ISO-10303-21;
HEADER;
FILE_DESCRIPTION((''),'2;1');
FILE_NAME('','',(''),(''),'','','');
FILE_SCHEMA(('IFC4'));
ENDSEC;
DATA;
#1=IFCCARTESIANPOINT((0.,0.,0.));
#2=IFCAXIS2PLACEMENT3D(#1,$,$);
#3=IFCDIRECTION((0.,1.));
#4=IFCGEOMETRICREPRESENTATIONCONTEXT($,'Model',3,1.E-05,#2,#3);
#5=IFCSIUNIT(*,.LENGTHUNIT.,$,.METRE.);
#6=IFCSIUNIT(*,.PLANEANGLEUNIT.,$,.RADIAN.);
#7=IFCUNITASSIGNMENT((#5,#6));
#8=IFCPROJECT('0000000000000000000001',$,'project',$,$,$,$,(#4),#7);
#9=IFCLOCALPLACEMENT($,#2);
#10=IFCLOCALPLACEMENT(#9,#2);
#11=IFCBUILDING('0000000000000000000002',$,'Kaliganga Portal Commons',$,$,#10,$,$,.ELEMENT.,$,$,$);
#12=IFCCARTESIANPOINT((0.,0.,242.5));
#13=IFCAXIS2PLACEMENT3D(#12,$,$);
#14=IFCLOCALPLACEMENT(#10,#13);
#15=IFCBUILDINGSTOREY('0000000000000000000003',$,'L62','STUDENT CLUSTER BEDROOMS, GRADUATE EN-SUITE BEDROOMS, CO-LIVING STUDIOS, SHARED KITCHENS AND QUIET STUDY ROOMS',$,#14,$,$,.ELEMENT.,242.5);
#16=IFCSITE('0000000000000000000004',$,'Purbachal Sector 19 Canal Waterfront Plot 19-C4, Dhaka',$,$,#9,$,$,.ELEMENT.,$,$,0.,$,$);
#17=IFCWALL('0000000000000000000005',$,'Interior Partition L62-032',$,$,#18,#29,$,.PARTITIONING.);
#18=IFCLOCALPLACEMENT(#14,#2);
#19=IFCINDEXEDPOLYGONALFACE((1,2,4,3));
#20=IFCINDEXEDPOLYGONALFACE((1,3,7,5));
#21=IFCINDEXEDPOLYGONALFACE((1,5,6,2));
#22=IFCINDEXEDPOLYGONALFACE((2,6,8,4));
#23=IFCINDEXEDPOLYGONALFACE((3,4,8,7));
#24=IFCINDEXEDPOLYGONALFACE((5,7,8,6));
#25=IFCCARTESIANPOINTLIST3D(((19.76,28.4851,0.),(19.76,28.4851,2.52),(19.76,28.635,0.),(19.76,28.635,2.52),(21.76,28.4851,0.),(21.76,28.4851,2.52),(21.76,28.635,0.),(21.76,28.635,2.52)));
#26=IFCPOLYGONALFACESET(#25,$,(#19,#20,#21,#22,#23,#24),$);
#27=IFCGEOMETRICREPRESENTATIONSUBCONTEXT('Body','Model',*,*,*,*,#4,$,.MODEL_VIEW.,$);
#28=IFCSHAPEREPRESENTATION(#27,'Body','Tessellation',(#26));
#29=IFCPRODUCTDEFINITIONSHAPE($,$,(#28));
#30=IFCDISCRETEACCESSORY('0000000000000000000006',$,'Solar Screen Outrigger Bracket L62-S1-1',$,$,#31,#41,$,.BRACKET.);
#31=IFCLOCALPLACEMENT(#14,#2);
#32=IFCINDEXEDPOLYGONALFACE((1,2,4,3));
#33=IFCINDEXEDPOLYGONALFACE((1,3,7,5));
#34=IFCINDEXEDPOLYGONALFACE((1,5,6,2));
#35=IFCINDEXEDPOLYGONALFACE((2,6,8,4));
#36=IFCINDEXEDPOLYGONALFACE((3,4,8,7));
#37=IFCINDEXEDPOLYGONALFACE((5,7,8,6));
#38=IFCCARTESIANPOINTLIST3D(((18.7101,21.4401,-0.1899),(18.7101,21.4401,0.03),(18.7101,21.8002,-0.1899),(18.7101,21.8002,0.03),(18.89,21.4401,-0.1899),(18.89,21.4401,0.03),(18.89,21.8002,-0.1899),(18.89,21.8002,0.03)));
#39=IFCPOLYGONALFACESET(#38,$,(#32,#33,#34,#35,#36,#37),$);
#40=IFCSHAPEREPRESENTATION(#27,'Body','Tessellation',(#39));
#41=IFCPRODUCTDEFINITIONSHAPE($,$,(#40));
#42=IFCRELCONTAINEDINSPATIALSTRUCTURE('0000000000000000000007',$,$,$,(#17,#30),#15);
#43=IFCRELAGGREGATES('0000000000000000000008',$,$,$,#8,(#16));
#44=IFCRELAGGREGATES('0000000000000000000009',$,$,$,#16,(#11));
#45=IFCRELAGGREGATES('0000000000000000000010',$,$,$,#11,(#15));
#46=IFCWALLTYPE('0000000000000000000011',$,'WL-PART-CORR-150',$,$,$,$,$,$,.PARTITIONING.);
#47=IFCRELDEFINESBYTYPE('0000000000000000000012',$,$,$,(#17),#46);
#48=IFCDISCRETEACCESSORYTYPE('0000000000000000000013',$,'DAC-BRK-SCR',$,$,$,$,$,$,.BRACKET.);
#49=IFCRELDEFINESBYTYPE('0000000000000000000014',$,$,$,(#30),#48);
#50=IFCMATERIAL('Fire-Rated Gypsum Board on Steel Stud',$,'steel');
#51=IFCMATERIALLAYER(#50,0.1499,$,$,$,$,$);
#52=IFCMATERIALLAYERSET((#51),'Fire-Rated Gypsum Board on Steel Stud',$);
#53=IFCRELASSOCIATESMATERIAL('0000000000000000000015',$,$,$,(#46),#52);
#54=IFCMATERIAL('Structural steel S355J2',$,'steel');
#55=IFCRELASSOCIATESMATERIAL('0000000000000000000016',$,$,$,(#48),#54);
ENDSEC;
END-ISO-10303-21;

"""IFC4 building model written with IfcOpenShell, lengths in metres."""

from ifc_helpers import new_model, si_unit, direction, frame, frame_2d, origin, origin_2d, place, context, subcontext, project, spatial, rectangle, extrude, source, transform, mapped, material, layer, layer_set, type_object, element, save


model = new_model("IFC4")

# Units and contexts
model_context = context("Model", 3, precision=1e-05, world=origin(), true_north=direction((0.0, 1.0)))
body_context = subcontext(model_context, "Body", "Model", "MODEL_VIEW")
ifc_project = project(units=[si_unit("LENGTHUNIT", "METRE"), si_unit("PLANEANGLEUNIT", "RADIAN")], contexts=[model_context])

# Site, building, storey
site_placement = place(None, origin())
site = spatial("IfcSite", under=ifc_project, at=site_placement, Name="Purbachal Sector 19 Canal Waterfront Plot 19-C4, Dhaka", CompositionType="ELEMENT", RefElevation=0.0)
building_placement = place(site_placement, origin())
building = spatial("IfcBuilding", under=site, at=building_placement, Name="Kaliganga Portal Commons", CompositionType="ELEMENT")
storey_placement = place(building_placement, frame((0.0, 0.0, 242.5)))
storey = spatial("IfcBuildingStorey", under=building, at=storey_placement, Name="L62", Description="STUDENT CLUSTER BEDROOMS, GRADUATE EN-SUITE BEDROOMS, CO-LIVING STUDIOS, SHARED KITCHENS AND QUIET STUDY ROOMS", CompositionType="ELEMENT", Elevation=242.5)

# Shared definitions
ifc_material_1 = material(Name="Structural steel S355J2", Category="steel")

# Shared definitions
ifc_material_2 = material(Name="Fire-Rated Gypsum Board on Steel Stud", Category="steel")
ifc_layer_1 = layer(ifc_material_2, 0.1499)
ifc_layer_set_1 = layer_set([ifc_layer_1], Name="Fire-Rated Gypsum Board on Steel Stud")
wall_type_1 = type_object("IfcWallType", Name="WL-PART-CORR-150", PredefinedType="PARTITIONING", material=ifc_layer_set_1)

# Wall
wall_1_placement = place(storey_placement, frame((19.76, 28.5601, 0.0), z_axis=(0.0, 0.0, 1.0), x_axis=(1.0, 0.0, 0.0)))
element("IfcWall", 1, at=wall_1_placement, inside=storey, type_object=wall_type_1, Name="Interior Partition L62-032", PredefinedType="PARTITIONING", context=body_context, shape_type="SweptSolid", body=[
    extrude(rectangle(XDim=2.0, YDim=0.1499, at=frame_2d((1.0, 0.0))), origin(), (0.0, 0.0, 1.0), 2.52),
])

# Discrete accessory
discrete_accessory_type = type_object("IfcDiscreteAccessoryType", Name="DAC-BRK-SCR", PredefinedType="BRACKET", material=ifc_material_1)
shared_shape_1 = source(origin(), body_context, "Body", "SweptSolid", [
    extrude(rectangle(XDim=0.1799, YDim=0.3601, at=origin_2d()), origin(), (0.0, 0.0, 1.0), 0.22),
])
discrete_accessory_placement = place(storey_placement, frame((18.8, 21.6201, -0.1899), z_axis=(0.0, 0.0, 1.0), x_axis=(1.0, 0.0, 0.0)))
element("IfcDiscreteAccessory", 2, at=discrete_accessory_placement, inside=storey, type_object=discrete_accessory_type, Name="Solar Screen Outrigger Bracket L62-S1-1", PredefinedType="BRACKET", context=body_context, shape_type="MappedRepresentation", body=[
    mapped(shared_shape_1, transform((0.0, 0.0, 0.0), x_axis=(1.0, 0.0, 0.0), y_axis=(0.0, 1.0, 0.0), z_axis=(0.0, 0.0, 1.0), scale=1.0)),
])

save(model, "model.ifc")
